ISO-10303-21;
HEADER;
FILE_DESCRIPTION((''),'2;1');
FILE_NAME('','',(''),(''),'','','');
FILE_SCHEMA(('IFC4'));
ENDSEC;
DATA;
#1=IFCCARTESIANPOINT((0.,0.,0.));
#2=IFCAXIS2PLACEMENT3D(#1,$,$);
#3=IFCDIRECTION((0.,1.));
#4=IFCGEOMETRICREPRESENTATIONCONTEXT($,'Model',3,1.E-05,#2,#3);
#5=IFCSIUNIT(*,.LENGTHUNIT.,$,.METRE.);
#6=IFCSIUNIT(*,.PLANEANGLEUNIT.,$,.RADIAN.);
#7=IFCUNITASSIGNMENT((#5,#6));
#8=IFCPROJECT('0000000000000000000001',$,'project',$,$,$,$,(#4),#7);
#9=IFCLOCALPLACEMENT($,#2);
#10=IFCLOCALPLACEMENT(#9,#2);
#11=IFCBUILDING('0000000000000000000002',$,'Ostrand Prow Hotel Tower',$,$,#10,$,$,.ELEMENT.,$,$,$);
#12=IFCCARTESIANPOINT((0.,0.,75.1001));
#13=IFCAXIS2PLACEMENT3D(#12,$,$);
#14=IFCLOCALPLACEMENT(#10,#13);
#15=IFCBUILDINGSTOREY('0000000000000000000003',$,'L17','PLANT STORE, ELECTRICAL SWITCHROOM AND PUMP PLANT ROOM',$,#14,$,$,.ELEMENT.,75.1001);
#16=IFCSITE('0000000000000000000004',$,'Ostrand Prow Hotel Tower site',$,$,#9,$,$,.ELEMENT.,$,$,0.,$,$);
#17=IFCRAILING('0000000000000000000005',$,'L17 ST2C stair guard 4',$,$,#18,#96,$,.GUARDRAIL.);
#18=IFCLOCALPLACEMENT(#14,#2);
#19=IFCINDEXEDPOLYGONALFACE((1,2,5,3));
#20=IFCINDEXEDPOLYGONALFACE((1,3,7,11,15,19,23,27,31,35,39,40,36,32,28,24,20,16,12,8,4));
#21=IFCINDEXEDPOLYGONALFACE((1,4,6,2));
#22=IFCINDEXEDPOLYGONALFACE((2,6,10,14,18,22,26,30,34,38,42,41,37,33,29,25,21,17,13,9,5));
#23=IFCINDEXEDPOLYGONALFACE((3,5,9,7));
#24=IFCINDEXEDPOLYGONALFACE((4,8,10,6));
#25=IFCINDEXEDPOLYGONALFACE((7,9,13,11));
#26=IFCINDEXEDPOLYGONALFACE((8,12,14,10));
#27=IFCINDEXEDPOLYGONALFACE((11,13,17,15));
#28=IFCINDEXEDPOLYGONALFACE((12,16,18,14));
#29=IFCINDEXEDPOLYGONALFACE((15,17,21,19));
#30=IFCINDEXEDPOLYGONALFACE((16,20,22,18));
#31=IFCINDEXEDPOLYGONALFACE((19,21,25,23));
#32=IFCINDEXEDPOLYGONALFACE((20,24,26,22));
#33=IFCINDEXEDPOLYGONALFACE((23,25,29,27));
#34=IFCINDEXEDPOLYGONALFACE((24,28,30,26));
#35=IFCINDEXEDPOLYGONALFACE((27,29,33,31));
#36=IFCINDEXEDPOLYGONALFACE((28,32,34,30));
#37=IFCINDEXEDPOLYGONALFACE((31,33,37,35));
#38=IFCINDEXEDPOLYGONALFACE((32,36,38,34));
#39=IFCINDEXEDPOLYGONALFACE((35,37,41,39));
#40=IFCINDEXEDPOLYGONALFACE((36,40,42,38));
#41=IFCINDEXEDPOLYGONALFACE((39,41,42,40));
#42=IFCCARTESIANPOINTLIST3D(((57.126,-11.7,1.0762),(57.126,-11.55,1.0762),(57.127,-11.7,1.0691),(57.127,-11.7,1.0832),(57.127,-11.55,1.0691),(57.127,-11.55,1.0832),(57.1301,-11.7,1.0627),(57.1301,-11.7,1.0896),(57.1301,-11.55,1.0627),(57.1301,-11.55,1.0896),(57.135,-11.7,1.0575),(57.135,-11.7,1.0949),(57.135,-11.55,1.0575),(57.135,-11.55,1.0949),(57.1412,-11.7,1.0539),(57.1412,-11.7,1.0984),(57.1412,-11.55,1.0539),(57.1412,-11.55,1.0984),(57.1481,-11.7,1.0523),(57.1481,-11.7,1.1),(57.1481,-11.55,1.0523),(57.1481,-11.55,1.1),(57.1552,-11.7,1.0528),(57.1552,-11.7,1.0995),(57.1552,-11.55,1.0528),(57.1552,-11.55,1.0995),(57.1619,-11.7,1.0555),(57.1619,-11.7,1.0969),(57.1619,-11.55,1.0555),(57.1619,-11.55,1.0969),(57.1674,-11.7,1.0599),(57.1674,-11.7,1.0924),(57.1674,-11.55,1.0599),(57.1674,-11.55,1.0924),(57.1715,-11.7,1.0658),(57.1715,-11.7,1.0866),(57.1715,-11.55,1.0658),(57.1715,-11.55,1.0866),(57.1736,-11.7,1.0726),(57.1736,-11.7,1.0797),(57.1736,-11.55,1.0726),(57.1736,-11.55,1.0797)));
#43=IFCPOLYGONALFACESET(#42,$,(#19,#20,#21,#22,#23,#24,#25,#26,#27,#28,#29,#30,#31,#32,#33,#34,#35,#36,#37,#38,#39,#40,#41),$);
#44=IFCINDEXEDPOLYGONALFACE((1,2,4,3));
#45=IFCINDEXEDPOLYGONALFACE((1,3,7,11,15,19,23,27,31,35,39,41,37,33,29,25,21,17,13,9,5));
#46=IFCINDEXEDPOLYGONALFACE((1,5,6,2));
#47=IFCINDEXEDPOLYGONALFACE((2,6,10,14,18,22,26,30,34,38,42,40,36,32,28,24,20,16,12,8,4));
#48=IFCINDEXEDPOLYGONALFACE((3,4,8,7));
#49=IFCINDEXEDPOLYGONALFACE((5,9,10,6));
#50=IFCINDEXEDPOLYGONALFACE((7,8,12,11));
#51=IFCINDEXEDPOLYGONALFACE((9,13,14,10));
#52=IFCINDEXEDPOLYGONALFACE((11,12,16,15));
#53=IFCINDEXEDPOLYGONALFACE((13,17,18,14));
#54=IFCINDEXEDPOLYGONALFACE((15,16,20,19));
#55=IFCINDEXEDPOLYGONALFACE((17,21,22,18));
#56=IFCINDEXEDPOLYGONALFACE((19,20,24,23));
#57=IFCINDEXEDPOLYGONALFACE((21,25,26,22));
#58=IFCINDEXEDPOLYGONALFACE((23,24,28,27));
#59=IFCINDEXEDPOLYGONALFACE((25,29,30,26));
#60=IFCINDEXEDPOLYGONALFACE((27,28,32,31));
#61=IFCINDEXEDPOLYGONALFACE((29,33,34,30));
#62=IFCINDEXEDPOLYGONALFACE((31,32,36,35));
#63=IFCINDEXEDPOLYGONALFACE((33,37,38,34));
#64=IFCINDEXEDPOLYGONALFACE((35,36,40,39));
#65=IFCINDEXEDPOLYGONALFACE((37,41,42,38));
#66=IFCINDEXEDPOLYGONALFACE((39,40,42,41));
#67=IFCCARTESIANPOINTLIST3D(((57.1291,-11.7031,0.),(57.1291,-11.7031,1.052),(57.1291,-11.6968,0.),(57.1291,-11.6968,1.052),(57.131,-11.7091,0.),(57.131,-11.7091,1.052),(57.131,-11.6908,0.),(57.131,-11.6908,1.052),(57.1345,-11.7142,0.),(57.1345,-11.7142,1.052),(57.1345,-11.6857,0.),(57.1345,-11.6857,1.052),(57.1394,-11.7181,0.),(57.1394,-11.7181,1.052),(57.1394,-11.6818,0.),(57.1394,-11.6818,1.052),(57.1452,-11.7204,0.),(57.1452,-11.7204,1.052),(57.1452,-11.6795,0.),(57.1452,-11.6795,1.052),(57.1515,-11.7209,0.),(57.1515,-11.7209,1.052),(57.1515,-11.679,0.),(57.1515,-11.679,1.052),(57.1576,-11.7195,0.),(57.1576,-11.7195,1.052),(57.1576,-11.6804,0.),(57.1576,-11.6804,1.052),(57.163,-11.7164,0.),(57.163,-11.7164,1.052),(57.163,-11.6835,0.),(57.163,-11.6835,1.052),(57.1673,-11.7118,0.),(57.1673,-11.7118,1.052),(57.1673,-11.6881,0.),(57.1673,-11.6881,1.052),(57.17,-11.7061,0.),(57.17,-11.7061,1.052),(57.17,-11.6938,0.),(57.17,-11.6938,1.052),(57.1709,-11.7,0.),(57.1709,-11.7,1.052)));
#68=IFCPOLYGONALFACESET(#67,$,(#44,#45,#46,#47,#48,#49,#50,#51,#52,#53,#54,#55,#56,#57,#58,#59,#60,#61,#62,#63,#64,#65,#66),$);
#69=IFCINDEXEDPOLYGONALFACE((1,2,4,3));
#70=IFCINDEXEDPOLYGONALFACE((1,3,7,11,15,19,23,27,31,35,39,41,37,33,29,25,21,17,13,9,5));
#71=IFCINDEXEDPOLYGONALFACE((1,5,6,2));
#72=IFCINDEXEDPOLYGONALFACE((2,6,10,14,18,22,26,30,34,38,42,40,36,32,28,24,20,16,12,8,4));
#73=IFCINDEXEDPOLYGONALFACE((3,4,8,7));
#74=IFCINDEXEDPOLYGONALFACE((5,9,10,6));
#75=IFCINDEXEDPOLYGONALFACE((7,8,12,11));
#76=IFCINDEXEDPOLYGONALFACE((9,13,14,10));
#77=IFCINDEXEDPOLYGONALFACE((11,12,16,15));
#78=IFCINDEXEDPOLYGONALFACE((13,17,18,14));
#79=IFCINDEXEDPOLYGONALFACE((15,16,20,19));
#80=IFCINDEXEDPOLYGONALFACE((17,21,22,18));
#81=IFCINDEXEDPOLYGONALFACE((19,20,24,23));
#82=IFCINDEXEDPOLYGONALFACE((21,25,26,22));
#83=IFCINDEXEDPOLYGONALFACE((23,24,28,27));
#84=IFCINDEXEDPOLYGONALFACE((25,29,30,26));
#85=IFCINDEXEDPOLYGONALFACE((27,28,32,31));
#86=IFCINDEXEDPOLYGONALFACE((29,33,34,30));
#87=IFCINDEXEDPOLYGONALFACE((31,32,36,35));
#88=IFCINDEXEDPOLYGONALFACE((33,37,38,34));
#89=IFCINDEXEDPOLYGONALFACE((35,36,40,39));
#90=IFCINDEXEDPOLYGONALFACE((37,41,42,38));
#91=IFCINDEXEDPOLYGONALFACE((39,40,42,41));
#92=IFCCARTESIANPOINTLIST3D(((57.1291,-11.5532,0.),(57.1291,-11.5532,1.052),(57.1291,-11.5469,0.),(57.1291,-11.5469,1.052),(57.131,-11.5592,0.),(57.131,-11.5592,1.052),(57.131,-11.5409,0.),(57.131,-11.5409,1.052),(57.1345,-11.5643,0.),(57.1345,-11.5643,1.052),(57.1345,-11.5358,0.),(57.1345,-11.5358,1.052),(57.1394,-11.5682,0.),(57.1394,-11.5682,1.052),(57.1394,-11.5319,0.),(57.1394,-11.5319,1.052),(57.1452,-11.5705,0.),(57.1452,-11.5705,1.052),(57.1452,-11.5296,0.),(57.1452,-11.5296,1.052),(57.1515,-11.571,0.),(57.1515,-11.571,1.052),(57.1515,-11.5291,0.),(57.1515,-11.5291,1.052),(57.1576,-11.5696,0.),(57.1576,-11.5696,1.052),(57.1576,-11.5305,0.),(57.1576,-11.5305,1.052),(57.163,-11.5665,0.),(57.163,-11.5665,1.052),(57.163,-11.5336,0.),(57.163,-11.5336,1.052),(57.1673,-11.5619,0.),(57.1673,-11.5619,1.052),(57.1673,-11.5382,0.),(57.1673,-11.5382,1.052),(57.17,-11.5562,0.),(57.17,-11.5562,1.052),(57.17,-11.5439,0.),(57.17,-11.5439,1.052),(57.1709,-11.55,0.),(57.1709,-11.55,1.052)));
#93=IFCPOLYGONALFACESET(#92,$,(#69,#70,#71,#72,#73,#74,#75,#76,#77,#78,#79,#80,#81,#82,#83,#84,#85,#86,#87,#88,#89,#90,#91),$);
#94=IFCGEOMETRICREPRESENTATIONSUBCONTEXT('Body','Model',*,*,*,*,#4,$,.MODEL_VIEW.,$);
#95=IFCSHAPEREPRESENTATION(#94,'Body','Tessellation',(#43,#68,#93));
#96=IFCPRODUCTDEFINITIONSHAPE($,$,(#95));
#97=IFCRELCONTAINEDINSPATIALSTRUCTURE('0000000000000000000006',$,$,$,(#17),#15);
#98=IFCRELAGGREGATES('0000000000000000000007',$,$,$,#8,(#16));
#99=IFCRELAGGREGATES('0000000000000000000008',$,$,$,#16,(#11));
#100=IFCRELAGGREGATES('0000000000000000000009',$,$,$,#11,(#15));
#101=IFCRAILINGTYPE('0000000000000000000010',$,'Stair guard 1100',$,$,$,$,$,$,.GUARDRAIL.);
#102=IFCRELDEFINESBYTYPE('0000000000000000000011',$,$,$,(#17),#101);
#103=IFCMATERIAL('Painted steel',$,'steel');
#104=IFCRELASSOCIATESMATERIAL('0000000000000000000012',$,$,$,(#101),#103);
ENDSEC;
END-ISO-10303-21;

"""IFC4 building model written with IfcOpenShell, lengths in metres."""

from ifc_helpers import new_model, si_unit, direction, frame, origin, origin_2d, place, context, subcontext, project, spatial, circle, extrude, material, type_object, element, save


model = new_model("IFC4")

# Units and contexts
model_context = context("Model", 3, precision=1e-05, world=origin(), true_north=direction((0.0, 1.0)))
body_context = subcontext(model_context, "Body", "Model", "MODEL_VIEW")
ifc_project = project(units=[si_unit("LENGTHUNIT", "METRE"), si_unit("PLANEANGLEUNIT", "RADIAN")], contexts=[model_context])

# Site, building, storey
site_placement = place(None, origin())
site = spatial("IfcSite", under=ifc_project, at=site_placement, Name="Ostrand Prow Hotel Tower site", CompositionType="ELEMENT", RefElevation=0.0)
building_placement = place(site_placement, origin())
building = spatial("IfcBuilding", under=site, at=building_placement, Name="Ostrand Prow Hotel Tower", CompositionType="ELEMENT")
storey_placement = place(building_placement, frame((0.0, 0.0, 75.1001)))
storey = spatial("IfcBuildingStorey", under=building, at=storey_placement, Name="L17", Description="PLANT STORE, ELECTRICAL SWITCHROOM AND PUMP PLANT ROOM", CompositionType="ELEMENT", Elevation=75.1001)

# Railing
ifc_material_1 = material(Name="Painted steel", Category="steel")
railing_type_1 = type_object("IfcRailingType", Name="Stair guard 1100", PredefinedType="GUARDRAIL", material=ifc_material_1)
railing_1_placement = place(storey_placement, frame((57.1499, -11.7, 0.0)))
element("IfcRailing", 1, at=railing_1_placement, inside=storey, type_object=railing_type_1, Name="L17 ST2C stair guard 4", PredefinedType="GUARDRAIL", context=body_context, shape_type="SweptSolid", body=[
    extrude(circle(Radius=0.0239, at=origin_2d()), frame((0.0, 0.0, 1.0762), z_axis=(0.0, 1.0, 0.0), x_axis=(-1.0, 0.0, 0.0)), (0.0, 0.0, 1.0), 0.1499),
    extrude(circle(Radius=0.021, at=origin_2d()), origin(), (0.0, 0.0, 1.0), 1.052),
    extrude(circle(Radius=0.021, at=origin_2d()), frame((0.0, 0.1499, 0.0)), (0.0, 0.0, 1.0), 1.052),
])

save(model, "model.ifc")
